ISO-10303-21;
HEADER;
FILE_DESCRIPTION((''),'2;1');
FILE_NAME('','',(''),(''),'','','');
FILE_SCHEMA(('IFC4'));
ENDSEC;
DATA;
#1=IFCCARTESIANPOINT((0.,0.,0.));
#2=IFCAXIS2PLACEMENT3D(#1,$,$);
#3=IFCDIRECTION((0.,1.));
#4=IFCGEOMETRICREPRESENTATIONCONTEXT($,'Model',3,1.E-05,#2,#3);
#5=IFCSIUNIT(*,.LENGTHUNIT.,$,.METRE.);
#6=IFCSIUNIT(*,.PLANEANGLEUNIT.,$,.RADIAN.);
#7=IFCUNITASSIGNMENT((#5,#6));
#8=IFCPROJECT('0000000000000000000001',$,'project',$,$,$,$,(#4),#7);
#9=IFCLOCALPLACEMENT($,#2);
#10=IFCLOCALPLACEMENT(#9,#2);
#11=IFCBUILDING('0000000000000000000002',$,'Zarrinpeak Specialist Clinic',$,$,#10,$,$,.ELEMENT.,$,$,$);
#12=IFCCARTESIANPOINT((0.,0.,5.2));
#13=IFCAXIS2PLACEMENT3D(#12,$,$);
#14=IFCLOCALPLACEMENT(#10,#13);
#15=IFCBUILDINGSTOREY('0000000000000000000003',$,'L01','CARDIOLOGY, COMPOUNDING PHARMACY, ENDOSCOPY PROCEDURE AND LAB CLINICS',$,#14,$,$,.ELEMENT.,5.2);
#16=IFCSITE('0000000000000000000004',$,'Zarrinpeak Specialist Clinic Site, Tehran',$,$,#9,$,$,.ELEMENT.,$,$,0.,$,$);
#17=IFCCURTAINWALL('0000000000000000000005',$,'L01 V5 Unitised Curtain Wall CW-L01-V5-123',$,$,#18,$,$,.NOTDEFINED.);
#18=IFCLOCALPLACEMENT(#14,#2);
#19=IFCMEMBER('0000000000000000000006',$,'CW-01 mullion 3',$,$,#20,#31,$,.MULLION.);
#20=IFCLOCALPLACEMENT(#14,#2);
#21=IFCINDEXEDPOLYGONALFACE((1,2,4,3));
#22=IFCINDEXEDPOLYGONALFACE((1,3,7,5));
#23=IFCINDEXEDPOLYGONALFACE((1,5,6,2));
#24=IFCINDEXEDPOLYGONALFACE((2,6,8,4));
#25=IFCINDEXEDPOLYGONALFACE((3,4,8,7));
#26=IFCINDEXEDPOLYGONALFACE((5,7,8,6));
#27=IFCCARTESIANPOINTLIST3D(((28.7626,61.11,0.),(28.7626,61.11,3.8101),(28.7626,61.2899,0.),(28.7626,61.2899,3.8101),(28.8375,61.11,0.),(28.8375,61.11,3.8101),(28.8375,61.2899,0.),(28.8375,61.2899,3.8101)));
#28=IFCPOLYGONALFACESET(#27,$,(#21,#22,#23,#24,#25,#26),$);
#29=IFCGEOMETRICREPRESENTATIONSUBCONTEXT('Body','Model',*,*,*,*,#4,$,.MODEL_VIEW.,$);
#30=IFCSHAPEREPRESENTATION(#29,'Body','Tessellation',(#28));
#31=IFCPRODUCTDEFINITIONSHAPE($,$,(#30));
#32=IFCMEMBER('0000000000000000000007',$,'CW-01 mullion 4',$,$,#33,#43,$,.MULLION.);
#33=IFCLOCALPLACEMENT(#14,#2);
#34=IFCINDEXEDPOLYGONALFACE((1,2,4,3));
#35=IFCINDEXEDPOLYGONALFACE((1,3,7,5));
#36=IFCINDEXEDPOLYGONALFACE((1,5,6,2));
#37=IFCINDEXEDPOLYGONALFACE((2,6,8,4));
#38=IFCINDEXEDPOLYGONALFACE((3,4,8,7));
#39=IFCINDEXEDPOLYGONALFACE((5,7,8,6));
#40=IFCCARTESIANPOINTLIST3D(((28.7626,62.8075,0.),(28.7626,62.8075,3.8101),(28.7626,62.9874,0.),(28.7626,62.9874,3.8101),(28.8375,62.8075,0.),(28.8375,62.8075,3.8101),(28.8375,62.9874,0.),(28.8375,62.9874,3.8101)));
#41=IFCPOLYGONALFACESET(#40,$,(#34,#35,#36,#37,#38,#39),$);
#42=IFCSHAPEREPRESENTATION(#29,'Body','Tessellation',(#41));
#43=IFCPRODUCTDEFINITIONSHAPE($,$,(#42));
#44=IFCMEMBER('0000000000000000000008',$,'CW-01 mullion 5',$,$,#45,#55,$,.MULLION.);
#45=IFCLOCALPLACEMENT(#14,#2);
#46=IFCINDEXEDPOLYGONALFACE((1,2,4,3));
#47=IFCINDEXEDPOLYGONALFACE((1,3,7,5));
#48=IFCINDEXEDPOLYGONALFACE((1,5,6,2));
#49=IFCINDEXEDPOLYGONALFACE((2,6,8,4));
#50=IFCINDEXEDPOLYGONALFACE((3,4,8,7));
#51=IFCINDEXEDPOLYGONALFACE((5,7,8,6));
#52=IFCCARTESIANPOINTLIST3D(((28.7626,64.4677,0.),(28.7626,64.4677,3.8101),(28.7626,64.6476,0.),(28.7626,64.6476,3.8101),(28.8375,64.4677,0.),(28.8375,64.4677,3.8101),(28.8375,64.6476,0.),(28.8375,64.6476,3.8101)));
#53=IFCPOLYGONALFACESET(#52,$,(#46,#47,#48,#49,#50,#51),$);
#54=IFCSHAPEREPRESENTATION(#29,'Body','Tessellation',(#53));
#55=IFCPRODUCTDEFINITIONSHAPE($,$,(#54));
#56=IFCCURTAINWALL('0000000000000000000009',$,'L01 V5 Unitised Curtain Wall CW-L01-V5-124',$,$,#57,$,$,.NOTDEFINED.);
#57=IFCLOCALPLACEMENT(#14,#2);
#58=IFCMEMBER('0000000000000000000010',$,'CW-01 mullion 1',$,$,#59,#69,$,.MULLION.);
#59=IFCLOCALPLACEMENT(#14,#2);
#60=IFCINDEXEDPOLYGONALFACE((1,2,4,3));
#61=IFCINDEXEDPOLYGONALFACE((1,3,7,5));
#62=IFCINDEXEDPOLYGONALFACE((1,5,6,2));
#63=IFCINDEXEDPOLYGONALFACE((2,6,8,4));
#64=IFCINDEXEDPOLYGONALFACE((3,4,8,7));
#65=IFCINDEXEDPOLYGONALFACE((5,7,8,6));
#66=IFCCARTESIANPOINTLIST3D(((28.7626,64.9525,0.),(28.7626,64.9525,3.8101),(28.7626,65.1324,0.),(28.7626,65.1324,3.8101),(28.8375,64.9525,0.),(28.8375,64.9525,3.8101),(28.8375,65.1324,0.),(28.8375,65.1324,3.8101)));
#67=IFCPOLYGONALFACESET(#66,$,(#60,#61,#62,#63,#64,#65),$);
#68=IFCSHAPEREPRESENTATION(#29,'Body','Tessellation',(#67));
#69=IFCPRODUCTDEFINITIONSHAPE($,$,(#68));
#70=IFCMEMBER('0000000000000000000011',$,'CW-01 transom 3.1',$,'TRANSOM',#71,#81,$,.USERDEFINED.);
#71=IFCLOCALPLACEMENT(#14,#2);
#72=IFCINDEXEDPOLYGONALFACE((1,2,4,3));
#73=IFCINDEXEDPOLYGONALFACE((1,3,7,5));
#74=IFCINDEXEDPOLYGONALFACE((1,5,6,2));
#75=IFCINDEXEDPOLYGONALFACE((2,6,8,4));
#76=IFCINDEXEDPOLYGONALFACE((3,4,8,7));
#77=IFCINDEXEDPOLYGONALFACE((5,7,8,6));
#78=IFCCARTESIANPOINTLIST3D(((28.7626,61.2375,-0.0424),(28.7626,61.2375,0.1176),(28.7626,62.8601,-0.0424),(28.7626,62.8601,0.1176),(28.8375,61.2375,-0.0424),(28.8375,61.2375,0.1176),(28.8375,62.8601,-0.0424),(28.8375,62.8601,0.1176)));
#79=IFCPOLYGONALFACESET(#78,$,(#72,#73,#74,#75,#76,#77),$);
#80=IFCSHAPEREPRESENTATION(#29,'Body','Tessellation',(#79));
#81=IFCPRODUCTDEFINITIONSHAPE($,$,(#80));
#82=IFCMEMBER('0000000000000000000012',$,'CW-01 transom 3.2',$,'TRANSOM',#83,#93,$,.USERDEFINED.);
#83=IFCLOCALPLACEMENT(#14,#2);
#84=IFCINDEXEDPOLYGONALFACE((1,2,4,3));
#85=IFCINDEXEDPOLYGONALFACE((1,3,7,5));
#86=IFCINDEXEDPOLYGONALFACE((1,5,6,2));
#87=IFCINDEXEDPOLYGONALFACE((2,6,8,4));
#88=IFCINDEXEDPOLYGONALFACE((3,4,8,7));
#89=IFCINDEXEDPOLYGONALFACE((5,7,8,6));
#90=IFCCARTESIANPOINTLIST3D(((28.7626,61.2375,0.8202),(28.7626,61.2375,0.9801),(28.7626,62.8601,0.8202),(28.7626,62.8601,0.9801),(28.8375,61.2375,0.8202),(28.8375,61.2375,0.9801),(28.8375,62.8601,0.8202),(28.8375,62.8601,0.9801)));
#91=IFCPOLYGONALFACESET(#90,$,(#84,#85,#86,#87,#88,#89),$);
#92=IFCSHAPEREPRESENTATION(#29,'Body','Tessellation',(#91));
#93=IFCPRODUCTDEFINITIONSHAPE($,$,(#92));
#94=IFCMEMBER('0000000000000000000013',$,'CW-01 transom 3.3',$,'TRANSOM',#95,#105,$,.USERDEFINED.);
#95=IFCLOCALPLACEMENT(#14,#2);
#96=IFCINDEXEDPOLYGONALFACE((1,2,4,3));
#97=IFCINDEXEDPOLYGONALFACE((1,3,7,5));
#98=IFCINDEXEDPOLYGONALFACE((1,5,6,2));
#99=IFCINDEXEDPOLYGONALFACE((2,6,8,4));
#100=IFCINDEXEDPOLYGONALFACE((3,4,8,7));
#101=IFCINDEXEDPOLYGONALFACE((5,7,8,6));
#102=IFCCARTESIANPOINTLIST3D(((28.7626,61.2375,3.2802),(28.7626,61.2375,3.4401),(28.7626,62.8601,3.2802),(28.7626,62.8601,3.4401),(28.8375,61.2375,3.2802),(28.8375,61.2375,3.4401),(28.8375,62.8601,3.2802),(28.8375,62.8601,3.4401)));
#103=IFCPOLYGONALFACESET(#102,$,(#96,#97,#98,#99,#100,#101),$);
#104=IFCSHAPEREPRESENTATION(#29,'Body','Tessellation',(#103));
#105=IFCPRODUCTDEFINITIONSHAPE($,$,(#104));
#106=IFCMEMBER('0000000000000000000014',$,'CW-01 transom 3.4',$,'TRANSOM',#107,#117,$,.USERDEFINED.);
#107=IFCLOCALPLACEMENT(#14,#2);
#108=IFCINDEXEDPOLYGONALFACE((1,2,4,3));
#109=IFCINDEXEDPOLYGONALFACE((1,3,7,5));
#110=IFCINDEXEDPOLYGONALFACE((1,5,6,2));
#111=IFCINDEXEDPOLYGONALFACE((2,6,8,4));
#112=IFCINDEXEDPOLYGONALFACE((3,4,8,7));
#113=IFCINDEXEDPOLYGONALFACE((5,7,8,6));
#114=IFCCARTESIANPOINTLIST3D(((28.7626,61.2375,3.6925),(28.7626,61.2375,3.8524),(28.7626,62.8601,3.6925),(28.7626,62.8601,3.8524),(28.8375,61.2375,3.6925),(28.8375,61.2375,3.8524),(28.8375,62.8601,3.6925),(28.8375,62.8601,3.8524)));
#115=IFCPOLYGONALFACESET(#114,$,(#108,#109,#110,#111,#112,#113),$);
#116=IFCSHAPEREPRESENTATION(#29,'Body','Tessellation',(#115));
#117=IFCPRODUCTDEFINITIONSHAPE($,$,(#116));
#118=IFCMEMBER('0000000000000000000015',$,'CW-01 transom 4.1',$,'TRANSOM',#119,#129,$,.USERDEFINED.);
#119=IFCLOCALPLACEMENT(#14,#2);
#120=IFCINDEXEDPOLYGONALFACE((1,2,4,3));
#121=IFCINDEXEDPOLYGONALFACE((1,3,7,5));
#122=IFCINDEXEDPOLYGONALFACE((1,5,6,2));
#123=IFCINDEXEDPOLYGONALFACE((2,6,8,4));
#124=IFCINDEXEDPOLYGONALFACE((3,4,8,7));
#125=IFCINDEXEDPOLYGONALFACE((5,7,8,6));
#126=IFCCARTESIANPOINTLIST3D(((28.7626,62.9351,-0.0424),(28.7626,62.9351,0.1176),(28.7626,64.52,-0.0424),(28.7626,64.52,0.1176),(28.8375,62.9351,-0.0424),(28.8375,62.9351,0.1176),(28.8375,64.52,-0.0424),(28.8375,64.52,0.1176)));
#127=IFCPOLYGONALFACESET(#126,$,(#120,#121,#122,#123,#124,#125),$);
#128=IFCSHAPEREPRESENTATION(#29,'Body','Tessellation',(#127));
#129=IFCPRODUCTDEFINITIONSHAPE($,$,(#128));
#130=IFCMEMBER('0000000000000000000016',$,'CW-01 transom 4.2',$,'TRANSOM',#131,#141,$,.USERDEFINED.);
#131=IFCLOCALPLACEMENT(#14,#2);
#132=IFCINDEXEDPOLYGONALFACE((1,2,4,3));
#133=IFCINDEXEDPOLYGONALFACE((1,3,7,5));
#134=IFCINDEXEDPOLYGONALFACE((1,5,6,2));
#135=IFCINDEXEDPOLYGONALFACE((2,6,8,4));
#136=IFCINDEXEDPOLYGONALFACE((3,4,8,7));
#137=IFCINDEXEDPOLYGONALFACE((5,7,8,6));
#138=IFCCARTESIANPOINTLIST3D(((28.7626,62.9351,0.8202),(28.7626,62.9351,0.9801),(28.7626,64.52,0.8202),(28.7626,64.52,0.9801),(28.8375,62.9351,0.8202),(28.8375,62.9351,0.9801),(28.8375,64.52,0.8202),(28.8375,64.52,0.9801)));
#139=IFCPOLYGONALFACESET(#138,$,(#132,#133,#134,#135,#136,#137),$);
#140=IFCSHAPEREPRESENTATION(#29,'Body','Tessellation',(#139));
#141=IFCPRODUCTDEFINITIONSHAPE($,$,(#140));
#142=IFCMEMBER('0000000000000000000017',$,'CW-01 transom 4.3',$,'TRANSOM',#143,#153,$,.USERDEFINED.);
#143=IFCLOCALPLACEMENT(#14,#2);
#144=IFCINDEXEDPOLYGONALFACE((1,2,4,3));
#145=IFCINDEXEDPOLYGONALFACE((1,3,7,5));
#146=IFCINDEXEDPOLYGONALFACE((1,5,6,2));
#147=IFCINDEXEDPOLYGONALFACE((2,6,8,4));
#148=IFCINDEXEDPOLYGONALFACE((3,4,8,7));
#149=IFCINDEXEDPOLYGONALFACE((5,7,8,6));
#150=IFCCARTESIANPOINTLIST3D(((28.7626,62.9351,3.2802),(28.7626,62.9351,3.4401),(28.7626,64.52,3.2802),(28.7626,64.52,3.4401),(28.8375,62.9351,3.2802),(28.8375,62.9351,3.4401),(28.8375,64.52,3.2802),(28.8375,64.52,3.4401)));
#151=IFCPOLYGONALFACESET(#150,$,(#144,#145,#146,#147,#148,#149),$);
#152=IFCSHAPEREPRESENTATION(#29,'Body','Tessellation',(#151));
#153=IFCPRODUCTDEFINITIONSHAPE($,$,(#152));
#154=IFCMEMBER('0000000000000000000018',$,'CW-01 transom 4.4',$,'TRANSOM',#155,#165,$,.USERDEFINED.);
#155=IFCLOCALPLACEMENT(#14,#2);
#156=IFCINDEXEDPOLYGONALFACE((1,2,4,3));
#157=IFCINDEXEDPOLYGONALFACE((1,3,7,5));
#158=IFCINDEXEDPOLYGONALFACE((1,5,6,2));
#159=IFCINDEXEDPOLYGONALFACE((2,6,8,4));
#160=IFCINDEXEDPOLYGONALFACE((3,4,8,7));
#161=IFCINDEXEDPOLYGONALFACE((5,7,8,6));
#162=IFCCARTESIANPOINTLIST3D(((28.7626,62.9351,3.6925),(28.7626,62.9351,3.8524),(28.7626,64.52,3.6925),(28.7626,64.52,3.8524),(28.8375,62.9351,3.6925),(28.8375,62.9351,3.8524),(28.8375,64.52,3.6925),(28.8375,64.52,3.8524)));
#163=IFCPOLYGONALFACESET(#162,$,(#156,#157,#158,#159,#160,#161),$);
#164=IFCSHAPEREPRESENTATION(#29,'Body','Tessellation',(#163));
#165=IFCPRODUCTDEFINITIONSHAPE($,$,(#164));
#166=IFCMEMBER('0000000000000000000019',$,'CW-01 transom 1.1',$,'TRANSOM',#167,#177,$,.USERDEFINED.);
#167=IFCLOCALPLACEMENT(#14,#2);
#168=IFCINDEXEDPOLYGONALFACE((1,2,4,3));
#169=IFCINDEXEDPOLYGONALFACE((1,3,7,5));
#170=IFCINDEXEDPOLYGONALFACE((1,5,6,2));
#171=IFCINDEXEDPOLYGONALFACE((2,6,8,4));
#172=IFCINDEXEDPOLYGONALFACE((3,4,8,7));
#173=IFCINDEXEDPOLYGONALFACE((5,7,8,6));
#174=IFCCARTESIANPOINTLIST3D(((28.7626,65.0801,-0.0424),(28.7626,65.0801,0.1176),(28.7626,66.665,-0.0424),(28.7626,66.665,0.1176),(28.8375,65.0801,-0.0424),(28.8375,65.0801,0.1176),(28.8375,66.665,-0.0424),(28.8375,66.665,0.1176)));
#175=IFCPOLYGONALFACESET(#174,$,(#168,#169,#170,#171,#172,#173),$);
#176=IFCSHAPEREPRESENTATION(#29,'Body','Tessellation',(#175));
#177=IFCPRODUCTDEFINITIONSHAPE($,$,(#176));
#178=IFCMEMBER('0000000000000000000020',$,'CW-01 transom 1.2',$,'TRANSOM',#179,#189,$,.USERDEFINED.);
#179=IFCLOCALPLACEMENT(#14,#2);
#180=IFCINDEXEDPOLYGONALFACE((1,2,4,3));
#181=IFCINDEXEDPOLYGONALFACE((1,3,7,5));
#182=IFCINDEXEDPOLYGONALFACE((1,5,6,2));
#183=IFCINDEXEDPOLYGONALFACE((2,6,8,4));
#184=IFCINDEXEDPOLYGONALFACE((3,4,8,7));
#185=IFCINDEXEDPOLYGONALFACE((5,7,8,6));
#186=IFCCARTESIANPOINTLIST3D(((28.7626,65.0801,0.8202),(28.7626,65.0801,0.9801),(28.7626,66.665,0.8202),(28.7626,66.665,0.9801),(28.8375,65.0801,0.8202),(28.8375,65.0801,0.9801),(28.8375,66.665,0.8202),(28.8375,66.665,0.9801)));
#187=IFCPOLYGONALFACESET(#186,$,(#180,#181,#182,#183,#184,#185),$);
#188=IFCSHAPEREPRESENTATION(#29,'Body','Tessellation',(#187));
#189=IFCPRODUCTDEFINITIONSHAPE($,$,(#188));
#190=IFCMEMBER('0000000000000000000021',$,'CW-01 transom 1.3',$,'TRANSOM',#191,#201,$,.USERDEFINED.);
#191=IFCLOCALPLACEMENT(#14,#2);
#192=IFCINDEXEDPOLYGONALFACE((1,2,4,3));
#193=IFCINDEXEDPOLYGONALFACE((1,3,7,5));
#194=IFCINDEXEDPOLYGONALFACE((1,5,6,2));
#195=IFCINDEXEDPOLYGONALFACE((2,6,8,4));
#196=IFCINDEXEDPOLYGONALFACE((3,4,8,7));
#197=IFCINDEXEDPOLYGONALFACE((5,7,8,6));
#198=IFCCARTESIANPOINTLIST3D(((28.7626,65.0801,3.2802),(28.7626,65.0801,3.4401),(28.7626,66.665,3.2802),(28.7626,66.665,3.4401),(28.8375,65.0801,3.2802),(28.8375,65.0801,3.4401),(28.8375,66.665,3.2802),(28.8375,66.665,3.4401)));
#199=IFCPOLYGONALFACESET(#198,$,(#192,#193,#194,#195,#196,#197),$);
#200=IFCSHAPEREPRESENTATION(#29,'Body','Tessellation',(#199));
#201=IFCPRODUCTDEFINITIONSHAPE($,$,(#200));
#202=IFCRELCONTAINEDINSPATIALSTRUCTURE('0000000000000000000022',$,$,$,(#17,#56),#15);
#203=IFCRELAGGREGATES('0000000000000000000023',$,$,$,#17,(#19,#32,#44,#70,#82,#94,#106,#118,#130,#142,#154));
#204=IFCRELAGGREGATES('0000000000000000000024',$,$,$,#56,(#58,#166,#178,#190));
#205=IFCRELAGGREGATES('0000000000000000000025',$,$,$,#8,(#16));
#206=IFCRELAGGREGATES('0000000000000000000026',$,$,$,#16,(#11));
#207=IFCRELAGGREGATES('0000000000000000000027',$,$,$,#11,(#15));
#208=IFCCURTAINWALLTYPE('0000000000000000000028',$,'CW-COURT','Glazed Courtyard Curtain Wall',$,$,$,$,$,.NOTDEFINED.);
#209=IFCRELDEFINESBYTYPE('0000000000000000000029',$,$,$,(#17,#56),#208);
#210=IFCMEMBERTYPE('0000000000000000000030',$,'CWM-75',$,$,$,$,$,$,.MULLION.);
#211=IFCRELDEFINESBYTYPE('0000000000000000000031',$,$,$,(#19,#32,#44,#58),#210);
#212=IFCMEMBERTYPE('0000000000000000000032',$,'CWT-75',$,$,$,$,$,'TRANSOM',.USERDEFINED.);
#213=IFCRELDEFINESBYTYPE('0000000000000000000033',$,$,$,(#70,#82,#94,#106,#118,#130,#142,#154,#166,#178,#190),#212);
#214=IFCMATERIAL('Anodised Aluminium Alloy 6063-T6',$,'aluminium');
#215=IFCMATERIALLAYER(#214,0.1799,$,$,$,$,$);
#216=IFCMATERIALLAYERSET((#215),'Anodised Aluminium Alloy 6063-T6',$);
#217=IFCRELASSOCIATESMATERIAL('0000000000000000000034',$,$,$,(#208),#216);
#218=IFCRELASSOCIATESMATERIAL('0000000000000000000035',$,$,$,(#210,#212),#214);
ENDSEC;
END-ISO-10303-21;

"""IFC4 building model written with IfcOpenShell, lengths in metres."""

from ifc_helpers import new_model, si_unit, direction, frame, origin, origin_2d, place, context, subcontext, project, spatial, rectangle, extrude, material, layer, layer_set, material_profile, profile_set, type_object, element, aggregate, save


model = new_model("IFC4")

# Units and contexts
model_context = context("Model", 3, precision=1e-05, world=origin(), true_north=direction((0.0, 1.0)))
body_context = subcontext(model_context, "Body", "Model", "MODEL_VIEW")
ifc_project = project(units=[si_unit("LENGTHUNIT", "METRE"), si_unit("PLANEANGLEUNIT", "RADIAN")], contexts=[model_context])

# Site, building, storey
site_placement = place(None, origin())
site = spatial("IfcSite", under=ifc_project, at=site_placement, Name="Zarrinpeak Specialist Clinic Site, Tehran", CompositionType="ELEMENT", RefElevation=0.0)
building_placement = place(site_placement, origin())
building = spatial("IfcBuilding", under=site, at=building_placement, Name="Zarrinpeak Specialist Clinic", CompositionType="ELEMENT")
storey_placement = place(building_placement, frame((0.0, 0.0, 5.2)))
storey = spatial("IfcBuildingStorey", under=building, at=storey_placement, Name="L01", Description="CARDIOLOGY, COMPOUNDING PHARMACY, ENDOSCOPY PROCEDURE AND LAB CLINICS", CompositionType="ELEMENT", Elevation=5.2)

# Curtain wall, members
ifc_material_1 = material(Name="Anodised Aluminium Alloy 6063-T6", Category="aluminium")
ifc_layer_1 = layer(ifc_material_1, 0.1799)
ifc_layer_set_1 = layer_set([ifc_layer_1], Name="Anodised Aluminium Alloy 6063-T6")
curtain_wall_type = type_object("IfcCurtainWallType", Name="CW-COURT", Description="Glazed Courtyard Curtain Wall", PredefinedType="NOTDEFINED", material=ifc_layer_set_1)
curtain_wall_1_placement = place(storey_placement, origin())
curtain_wall_1 = element("IfcCurtainWall", 1, at=curtain_wall_1_placement, inside=storey, type_object=curtain_wall_type, Name="L01 V5 Unitised Curtain Wall CW-L01-V5-123", PredefinedType="NOTDEFINED")
ifc_material_profile_1 = material_profile(ifc_material_1, rectangle(XDim=0.075, YDim=0.1799, at=origin_2d()), Name="ALU 75x180")
ifc_profile_set_1 = profile_set([ifc_material_profile_1], Name="Anodised Aluminium Alloy 6063-T6")
member_type_1 = type_object("IfcMemberType", Name="CWM-75", PredefinedType="MULLION", material=ifc_profile_set_1)
member_1_placement = place(storey_placement, frame((28.8, 61.2, 0.0), z_axis=(0.0, 0.0, 1.0), x_axis=(-1.0, 0.0, 0.0)))
member_1 = element("IfcMember", 2, at=member_1_placement, type_object=member_type_1, Name="CW-01 mullion 3", PredefinedType="MULLION", context=body_context, shape_type="SweptSolid", body=[
    extrude(rectangle(XDim=0.075, YDim=0.1799, at=origin_2d()), origin(), (0.0, 0.0, 1.0), 3.8101),
])
member_2_placement = place(storey_placement, frame((28.8, 62.8975, 0.0), z_axis=(0.0, 0.0, 1.0), x_axis=(-1.0, 0.0, 0.0)))
member_2 = element("IfcMember", 3, at=member_2_placement, type_object=member_type_1, Name="CW-01 mullion 4", PredefinedType="MULLION", context=body_context, shape_type="SweptSolid", body=[
    extrude(rectangle(XDim=0.075, YDim=0.1799, at=origin_2d()), origin(), (0.0, 0.0, 1.0), 3.8101),
])
member_3_placement = place(storey_placement, frame((28.8, 64.5576, 0.0), z_axis=(0.0, 0.0, 1.0), x_axis=(-1.0, 0.0, 0.0)))
member_3 = element("IfcMember", 4, at=member_3_placement, type_object=member_type_1, Name="CW-01 mullion 5", PredefinedType="MULLION", context=body_context, shape_type="SweptSolid", body=[
    extrude(rectangle(XDim=0.075, YDim=0.1799, at=origin_2d()), origin(), (0.0, 0.0, 1.0), 3.8101),
])

# Curtain wall, member
curtain_wall_2_placement = place(storey_placement, origin())
curtain_wall_2 = element("IfcCurtainWall", 5, at=curtain_wall_2_placement, inside=storey, type_object=curtain_wall_type, Name="L01 V5 Unitised Curtain Wall CW-L01-V5-124", PredefinedType="NOTDEFINED")
member_4_placement = place(storey_placement, frame((28.8, 65.0425, 0.0), z_axis=(0.0, 0.0, 1.0), x_axis=(-1.0, 0.0, 0.0)))
member_4 = element("IfcMember", 6, at=member_4_placement, type_object=member_type_1, Name="CW-01 mullion 1", PredefinedType="MULLION", context=body_context, shape_type="SweptSolid", body=[
    extrude(rectangle(XDim=0.075, YDim=0.1799, at=origin_2d()), origin(), (0.0, 0.0, 1.0), 3.8101),
])

# Members
ifc_material_profile_2 = material_profile(ifc_material_1, rectangle(XDim=0.075, YDim=0.1599, at=origin_2d()), Name="ALU 75x160")
ifc_profile_set_2 = profile_set([ifc_material_profile_2], Name="Anodised Aluminium Alloy 6063-T6")
member_type_2 = type_object("IfcMemberType", Name="CWT-75", ElementType="TRANSOM", PredefinedType="USERDEFINED", material=ifc_profile_set_2)
member_5_placement = place(storey_placement, frame((28.8, 61.2375, 0.0376), z_axis=(0.0, 1.0, 0.0), x_axis=(-1.0, 0.0, 0.0)))
member_5 = element("IfcMember", 7, at=member_5_placement, type_object=member_type_2, Name="CW-01 transom 3.1", ObjectType="TRANSOM", PredefinedType="USERDEFINED", context=body_context, shape_type="SweptSolid", body=[
    extrude(rectangle(XDim=0.075, YDim=0.1599, at=origin_2d()), origin(), (0.0, 0.0, 1.0), 1.6226),
])
member_6_placement = place(storey_placement, frame((28.8, 61.2375, 0.9001), z_axis=(0.0, 1.0, 0.0), x_axis=(-1.0, 0.0, 0.0)))
member_6 = element("IfcMember", 8, at=member_6_placement, type_object=member_type_2, Name="CW-01 transom 3.2", ObjectType="TRANSOM", PredefinedType="USERDEFINED", context=body_context, shape_type="SweptSolid", body=[
    extrude(rectangle(XDim=0.075, YDim=0.1599, at=origin_2d()), origin(), (0.0, 0.0, 1.0), 1.6226),
])
member_7_placement = place(storey_placement, frame((28.8, 61.2375, 3.3601), z_axis=(0.0, 1.0, 0.0), x_axis=(-1.0, 0.0, 0.0)))
member_7 = element("IfcMember", 9, at=member_7_placement, type_object=member_type_2, Name="CW-01 transom 3.3", ObjectType="TRANSOM", PredefinedType="USERDEFINED", context=body_context, shape_type="SweptSolid", body=[
    extrude(rectangle(XDim=0.075, YDim=0.1599, at=origin_2d()), origin(), (0.0, 0.0, 1.0), 1.6226),
])
member_8_placement = place(storey_placement, frame((28.8, 61.2375, 3.7725), z_axis=(0.0, 1.0, 0.0), x_axis=(-1.0, 0.0, 0.0)))
member_8 = element("IfcMember", 10, at=member_8_placement, type_object=member_type_2, Name="CW-01 transom 3.4", ObjectType="TRANSOM", PredefinedType="USERDEFINED", context=body_context, shape_type="SweptSolid", body=[
    extrude(rectangle(XDim=0.075, YDim=0.1599, at=origin_2d()), origin(), (0.0, 0.0, 1.0), 1.6226),
])
member_9_placement = place(storey_placement, frame((28.8, 62.9351, 0.0376), z_axis=(0.0, 1.0, 0.0), x_axis=(-1.0, 0.0, 0.0)))
member_9 = element("IfcMember", 11, at=member_9_placement, type_object=member_type_2, Name="CW-01 transom 4.1", ObjectType="TRANSOM", PredefinedType="USERDEFINED", context=body_context, shape_type="SweptSolid", body=[
    extrude(rectangle(XDim=0.075, YDim=0.1599, at=origin_2d()), origin(), (0.0, 0.0, 1.0), 1.585),
])
member_10_placement = place(storey_placement, frame((28.8, 62.9351, 0.9001), z_axis=(0.0, 1.0, 0.0), x_axis=(-1.0, 0.0, 0.0)))
member_10 = element("IfcMember", 12, at=member_10_placement, type_object=member_type_2, Name="CW-01 transom 4.2", ObjectType="TRANSOM", PredefinedType="USERDEFINED", context=body_context, shape_type="SweptSolid", body=[
    extrude(rectangle(XDim=0.075, YDim=0.1599, at=origin_2d()), origin(), (0.0, 0.0, 1.0), 1.585),
])
member_11_placement = place(storey_placement, frame((28.8, 62.9351, 3.3601), z_axis=(0.0, 1.0, 0.0), x_axis=(-1.0, 0.0, 0.0)))
member_11 = element("IfcMember", 13, at=member_11_placement, type_object=member_type_2, Name="CW-01 transom 4.3", ObjectType="TRANSOM", PredefinedType="USERDEFINED", context=body_context, shape_type="SweptSolid", body=[
    extrude(rectangle(XDim=0.075, YDim=0.1599, at=origin_2d()), origin(), (0.0, 0.0, 1.0), 1.585),
])
member_12_placement = place(storey_placement, frame((28.8, 62.9351, 3.7725), z_axis=(0.0, 1.0, 0.0), x_axis=(-1.0, 0.0, 0.0)))
member_12 = element("IfcMember", 14, at=member_12_placement, type_object=member_type_2, Name="CW-01 transom 4.4", ObjectType="TRANSOM", PredefinedType="USERDEFINED", context=body_context, shape_type="SweptSolid", body=[
    extrude(rectangle(XDim=0.075, YDim=0.1599, at=origin_2d()), origin(), (0.0, 0.0, 1.0), 1.585),
])
member_13_placement = place(storey_placement, frame((28.8, 65.0801, 0.0376), z_axis=(0.0, 1.0, 0.0), x_axis=(-1.0, 0.0, 0.0)))
member_13 = element("IfcMember", 15, at=member_13_placement, type_object=member_type_2, Name="CW-01 transom 1.1", ObjectType="TRANSOM", PredefinedType="USERDEFINED", context=body_context, shape_type="SweptSolid", body=[
    extrude(rectangle(XDim=0.075, YDim=0.1599, at=origin_2d()), origin(), (0.0, 0.0, 1.0), 1.585),
])
member_14_placement = place(storey_placement, frame((28.8, 65.0801, 0.9001), z_axis=(0.0, 1.0, 0.0), x_axis=(-1.0, 0.0, 0.0)))
member_14 = element("IfcMember", 16, at=member_14_placement, type_object=member_type_2, Name="CW-01 transom 1.2", ObjectType="TRANSOM", PredefinedType="USERDEFINED", context=body_context, shape_type="SweptSolid", body=[
    extrude(rectangle(XDim=0.075, YDim=0.1599, at=origin_2d()), origin(), (0.0, 0.0, 1.0), 1.585),
])
member_15_placement = place(storey_placement, frame((28.8, 65.0801, 3.3601), z_axis=(0.0, 1.0, 0.0), x_axis=(-1.0, 0.0, 0.0)))
member_15 = element("IfcMember", 17, at=member_15_placement, type_object=member_type_2, Name="CW-01 transom 1.3", ObjectType="TRANSOM", PredefinedType="USERDEFINED", context=body_context, shape_type="SweptSolid", body=[
    extrude(rectangle(XDim=0.075, YDim=0.1599, at=origin_2d()), origin(), (0.0, 0.0, 1.0), 1.585),
])

aggregate(curtain_wall_1, [member_1, member_2, member_3, member_5, member_6, member_7, member_8, member_9, member_10, member_11, member_12])
aggregate(curtain_wall_2, [member_4, member_13, member_14, member_15])

save(model, "model.ifc")
